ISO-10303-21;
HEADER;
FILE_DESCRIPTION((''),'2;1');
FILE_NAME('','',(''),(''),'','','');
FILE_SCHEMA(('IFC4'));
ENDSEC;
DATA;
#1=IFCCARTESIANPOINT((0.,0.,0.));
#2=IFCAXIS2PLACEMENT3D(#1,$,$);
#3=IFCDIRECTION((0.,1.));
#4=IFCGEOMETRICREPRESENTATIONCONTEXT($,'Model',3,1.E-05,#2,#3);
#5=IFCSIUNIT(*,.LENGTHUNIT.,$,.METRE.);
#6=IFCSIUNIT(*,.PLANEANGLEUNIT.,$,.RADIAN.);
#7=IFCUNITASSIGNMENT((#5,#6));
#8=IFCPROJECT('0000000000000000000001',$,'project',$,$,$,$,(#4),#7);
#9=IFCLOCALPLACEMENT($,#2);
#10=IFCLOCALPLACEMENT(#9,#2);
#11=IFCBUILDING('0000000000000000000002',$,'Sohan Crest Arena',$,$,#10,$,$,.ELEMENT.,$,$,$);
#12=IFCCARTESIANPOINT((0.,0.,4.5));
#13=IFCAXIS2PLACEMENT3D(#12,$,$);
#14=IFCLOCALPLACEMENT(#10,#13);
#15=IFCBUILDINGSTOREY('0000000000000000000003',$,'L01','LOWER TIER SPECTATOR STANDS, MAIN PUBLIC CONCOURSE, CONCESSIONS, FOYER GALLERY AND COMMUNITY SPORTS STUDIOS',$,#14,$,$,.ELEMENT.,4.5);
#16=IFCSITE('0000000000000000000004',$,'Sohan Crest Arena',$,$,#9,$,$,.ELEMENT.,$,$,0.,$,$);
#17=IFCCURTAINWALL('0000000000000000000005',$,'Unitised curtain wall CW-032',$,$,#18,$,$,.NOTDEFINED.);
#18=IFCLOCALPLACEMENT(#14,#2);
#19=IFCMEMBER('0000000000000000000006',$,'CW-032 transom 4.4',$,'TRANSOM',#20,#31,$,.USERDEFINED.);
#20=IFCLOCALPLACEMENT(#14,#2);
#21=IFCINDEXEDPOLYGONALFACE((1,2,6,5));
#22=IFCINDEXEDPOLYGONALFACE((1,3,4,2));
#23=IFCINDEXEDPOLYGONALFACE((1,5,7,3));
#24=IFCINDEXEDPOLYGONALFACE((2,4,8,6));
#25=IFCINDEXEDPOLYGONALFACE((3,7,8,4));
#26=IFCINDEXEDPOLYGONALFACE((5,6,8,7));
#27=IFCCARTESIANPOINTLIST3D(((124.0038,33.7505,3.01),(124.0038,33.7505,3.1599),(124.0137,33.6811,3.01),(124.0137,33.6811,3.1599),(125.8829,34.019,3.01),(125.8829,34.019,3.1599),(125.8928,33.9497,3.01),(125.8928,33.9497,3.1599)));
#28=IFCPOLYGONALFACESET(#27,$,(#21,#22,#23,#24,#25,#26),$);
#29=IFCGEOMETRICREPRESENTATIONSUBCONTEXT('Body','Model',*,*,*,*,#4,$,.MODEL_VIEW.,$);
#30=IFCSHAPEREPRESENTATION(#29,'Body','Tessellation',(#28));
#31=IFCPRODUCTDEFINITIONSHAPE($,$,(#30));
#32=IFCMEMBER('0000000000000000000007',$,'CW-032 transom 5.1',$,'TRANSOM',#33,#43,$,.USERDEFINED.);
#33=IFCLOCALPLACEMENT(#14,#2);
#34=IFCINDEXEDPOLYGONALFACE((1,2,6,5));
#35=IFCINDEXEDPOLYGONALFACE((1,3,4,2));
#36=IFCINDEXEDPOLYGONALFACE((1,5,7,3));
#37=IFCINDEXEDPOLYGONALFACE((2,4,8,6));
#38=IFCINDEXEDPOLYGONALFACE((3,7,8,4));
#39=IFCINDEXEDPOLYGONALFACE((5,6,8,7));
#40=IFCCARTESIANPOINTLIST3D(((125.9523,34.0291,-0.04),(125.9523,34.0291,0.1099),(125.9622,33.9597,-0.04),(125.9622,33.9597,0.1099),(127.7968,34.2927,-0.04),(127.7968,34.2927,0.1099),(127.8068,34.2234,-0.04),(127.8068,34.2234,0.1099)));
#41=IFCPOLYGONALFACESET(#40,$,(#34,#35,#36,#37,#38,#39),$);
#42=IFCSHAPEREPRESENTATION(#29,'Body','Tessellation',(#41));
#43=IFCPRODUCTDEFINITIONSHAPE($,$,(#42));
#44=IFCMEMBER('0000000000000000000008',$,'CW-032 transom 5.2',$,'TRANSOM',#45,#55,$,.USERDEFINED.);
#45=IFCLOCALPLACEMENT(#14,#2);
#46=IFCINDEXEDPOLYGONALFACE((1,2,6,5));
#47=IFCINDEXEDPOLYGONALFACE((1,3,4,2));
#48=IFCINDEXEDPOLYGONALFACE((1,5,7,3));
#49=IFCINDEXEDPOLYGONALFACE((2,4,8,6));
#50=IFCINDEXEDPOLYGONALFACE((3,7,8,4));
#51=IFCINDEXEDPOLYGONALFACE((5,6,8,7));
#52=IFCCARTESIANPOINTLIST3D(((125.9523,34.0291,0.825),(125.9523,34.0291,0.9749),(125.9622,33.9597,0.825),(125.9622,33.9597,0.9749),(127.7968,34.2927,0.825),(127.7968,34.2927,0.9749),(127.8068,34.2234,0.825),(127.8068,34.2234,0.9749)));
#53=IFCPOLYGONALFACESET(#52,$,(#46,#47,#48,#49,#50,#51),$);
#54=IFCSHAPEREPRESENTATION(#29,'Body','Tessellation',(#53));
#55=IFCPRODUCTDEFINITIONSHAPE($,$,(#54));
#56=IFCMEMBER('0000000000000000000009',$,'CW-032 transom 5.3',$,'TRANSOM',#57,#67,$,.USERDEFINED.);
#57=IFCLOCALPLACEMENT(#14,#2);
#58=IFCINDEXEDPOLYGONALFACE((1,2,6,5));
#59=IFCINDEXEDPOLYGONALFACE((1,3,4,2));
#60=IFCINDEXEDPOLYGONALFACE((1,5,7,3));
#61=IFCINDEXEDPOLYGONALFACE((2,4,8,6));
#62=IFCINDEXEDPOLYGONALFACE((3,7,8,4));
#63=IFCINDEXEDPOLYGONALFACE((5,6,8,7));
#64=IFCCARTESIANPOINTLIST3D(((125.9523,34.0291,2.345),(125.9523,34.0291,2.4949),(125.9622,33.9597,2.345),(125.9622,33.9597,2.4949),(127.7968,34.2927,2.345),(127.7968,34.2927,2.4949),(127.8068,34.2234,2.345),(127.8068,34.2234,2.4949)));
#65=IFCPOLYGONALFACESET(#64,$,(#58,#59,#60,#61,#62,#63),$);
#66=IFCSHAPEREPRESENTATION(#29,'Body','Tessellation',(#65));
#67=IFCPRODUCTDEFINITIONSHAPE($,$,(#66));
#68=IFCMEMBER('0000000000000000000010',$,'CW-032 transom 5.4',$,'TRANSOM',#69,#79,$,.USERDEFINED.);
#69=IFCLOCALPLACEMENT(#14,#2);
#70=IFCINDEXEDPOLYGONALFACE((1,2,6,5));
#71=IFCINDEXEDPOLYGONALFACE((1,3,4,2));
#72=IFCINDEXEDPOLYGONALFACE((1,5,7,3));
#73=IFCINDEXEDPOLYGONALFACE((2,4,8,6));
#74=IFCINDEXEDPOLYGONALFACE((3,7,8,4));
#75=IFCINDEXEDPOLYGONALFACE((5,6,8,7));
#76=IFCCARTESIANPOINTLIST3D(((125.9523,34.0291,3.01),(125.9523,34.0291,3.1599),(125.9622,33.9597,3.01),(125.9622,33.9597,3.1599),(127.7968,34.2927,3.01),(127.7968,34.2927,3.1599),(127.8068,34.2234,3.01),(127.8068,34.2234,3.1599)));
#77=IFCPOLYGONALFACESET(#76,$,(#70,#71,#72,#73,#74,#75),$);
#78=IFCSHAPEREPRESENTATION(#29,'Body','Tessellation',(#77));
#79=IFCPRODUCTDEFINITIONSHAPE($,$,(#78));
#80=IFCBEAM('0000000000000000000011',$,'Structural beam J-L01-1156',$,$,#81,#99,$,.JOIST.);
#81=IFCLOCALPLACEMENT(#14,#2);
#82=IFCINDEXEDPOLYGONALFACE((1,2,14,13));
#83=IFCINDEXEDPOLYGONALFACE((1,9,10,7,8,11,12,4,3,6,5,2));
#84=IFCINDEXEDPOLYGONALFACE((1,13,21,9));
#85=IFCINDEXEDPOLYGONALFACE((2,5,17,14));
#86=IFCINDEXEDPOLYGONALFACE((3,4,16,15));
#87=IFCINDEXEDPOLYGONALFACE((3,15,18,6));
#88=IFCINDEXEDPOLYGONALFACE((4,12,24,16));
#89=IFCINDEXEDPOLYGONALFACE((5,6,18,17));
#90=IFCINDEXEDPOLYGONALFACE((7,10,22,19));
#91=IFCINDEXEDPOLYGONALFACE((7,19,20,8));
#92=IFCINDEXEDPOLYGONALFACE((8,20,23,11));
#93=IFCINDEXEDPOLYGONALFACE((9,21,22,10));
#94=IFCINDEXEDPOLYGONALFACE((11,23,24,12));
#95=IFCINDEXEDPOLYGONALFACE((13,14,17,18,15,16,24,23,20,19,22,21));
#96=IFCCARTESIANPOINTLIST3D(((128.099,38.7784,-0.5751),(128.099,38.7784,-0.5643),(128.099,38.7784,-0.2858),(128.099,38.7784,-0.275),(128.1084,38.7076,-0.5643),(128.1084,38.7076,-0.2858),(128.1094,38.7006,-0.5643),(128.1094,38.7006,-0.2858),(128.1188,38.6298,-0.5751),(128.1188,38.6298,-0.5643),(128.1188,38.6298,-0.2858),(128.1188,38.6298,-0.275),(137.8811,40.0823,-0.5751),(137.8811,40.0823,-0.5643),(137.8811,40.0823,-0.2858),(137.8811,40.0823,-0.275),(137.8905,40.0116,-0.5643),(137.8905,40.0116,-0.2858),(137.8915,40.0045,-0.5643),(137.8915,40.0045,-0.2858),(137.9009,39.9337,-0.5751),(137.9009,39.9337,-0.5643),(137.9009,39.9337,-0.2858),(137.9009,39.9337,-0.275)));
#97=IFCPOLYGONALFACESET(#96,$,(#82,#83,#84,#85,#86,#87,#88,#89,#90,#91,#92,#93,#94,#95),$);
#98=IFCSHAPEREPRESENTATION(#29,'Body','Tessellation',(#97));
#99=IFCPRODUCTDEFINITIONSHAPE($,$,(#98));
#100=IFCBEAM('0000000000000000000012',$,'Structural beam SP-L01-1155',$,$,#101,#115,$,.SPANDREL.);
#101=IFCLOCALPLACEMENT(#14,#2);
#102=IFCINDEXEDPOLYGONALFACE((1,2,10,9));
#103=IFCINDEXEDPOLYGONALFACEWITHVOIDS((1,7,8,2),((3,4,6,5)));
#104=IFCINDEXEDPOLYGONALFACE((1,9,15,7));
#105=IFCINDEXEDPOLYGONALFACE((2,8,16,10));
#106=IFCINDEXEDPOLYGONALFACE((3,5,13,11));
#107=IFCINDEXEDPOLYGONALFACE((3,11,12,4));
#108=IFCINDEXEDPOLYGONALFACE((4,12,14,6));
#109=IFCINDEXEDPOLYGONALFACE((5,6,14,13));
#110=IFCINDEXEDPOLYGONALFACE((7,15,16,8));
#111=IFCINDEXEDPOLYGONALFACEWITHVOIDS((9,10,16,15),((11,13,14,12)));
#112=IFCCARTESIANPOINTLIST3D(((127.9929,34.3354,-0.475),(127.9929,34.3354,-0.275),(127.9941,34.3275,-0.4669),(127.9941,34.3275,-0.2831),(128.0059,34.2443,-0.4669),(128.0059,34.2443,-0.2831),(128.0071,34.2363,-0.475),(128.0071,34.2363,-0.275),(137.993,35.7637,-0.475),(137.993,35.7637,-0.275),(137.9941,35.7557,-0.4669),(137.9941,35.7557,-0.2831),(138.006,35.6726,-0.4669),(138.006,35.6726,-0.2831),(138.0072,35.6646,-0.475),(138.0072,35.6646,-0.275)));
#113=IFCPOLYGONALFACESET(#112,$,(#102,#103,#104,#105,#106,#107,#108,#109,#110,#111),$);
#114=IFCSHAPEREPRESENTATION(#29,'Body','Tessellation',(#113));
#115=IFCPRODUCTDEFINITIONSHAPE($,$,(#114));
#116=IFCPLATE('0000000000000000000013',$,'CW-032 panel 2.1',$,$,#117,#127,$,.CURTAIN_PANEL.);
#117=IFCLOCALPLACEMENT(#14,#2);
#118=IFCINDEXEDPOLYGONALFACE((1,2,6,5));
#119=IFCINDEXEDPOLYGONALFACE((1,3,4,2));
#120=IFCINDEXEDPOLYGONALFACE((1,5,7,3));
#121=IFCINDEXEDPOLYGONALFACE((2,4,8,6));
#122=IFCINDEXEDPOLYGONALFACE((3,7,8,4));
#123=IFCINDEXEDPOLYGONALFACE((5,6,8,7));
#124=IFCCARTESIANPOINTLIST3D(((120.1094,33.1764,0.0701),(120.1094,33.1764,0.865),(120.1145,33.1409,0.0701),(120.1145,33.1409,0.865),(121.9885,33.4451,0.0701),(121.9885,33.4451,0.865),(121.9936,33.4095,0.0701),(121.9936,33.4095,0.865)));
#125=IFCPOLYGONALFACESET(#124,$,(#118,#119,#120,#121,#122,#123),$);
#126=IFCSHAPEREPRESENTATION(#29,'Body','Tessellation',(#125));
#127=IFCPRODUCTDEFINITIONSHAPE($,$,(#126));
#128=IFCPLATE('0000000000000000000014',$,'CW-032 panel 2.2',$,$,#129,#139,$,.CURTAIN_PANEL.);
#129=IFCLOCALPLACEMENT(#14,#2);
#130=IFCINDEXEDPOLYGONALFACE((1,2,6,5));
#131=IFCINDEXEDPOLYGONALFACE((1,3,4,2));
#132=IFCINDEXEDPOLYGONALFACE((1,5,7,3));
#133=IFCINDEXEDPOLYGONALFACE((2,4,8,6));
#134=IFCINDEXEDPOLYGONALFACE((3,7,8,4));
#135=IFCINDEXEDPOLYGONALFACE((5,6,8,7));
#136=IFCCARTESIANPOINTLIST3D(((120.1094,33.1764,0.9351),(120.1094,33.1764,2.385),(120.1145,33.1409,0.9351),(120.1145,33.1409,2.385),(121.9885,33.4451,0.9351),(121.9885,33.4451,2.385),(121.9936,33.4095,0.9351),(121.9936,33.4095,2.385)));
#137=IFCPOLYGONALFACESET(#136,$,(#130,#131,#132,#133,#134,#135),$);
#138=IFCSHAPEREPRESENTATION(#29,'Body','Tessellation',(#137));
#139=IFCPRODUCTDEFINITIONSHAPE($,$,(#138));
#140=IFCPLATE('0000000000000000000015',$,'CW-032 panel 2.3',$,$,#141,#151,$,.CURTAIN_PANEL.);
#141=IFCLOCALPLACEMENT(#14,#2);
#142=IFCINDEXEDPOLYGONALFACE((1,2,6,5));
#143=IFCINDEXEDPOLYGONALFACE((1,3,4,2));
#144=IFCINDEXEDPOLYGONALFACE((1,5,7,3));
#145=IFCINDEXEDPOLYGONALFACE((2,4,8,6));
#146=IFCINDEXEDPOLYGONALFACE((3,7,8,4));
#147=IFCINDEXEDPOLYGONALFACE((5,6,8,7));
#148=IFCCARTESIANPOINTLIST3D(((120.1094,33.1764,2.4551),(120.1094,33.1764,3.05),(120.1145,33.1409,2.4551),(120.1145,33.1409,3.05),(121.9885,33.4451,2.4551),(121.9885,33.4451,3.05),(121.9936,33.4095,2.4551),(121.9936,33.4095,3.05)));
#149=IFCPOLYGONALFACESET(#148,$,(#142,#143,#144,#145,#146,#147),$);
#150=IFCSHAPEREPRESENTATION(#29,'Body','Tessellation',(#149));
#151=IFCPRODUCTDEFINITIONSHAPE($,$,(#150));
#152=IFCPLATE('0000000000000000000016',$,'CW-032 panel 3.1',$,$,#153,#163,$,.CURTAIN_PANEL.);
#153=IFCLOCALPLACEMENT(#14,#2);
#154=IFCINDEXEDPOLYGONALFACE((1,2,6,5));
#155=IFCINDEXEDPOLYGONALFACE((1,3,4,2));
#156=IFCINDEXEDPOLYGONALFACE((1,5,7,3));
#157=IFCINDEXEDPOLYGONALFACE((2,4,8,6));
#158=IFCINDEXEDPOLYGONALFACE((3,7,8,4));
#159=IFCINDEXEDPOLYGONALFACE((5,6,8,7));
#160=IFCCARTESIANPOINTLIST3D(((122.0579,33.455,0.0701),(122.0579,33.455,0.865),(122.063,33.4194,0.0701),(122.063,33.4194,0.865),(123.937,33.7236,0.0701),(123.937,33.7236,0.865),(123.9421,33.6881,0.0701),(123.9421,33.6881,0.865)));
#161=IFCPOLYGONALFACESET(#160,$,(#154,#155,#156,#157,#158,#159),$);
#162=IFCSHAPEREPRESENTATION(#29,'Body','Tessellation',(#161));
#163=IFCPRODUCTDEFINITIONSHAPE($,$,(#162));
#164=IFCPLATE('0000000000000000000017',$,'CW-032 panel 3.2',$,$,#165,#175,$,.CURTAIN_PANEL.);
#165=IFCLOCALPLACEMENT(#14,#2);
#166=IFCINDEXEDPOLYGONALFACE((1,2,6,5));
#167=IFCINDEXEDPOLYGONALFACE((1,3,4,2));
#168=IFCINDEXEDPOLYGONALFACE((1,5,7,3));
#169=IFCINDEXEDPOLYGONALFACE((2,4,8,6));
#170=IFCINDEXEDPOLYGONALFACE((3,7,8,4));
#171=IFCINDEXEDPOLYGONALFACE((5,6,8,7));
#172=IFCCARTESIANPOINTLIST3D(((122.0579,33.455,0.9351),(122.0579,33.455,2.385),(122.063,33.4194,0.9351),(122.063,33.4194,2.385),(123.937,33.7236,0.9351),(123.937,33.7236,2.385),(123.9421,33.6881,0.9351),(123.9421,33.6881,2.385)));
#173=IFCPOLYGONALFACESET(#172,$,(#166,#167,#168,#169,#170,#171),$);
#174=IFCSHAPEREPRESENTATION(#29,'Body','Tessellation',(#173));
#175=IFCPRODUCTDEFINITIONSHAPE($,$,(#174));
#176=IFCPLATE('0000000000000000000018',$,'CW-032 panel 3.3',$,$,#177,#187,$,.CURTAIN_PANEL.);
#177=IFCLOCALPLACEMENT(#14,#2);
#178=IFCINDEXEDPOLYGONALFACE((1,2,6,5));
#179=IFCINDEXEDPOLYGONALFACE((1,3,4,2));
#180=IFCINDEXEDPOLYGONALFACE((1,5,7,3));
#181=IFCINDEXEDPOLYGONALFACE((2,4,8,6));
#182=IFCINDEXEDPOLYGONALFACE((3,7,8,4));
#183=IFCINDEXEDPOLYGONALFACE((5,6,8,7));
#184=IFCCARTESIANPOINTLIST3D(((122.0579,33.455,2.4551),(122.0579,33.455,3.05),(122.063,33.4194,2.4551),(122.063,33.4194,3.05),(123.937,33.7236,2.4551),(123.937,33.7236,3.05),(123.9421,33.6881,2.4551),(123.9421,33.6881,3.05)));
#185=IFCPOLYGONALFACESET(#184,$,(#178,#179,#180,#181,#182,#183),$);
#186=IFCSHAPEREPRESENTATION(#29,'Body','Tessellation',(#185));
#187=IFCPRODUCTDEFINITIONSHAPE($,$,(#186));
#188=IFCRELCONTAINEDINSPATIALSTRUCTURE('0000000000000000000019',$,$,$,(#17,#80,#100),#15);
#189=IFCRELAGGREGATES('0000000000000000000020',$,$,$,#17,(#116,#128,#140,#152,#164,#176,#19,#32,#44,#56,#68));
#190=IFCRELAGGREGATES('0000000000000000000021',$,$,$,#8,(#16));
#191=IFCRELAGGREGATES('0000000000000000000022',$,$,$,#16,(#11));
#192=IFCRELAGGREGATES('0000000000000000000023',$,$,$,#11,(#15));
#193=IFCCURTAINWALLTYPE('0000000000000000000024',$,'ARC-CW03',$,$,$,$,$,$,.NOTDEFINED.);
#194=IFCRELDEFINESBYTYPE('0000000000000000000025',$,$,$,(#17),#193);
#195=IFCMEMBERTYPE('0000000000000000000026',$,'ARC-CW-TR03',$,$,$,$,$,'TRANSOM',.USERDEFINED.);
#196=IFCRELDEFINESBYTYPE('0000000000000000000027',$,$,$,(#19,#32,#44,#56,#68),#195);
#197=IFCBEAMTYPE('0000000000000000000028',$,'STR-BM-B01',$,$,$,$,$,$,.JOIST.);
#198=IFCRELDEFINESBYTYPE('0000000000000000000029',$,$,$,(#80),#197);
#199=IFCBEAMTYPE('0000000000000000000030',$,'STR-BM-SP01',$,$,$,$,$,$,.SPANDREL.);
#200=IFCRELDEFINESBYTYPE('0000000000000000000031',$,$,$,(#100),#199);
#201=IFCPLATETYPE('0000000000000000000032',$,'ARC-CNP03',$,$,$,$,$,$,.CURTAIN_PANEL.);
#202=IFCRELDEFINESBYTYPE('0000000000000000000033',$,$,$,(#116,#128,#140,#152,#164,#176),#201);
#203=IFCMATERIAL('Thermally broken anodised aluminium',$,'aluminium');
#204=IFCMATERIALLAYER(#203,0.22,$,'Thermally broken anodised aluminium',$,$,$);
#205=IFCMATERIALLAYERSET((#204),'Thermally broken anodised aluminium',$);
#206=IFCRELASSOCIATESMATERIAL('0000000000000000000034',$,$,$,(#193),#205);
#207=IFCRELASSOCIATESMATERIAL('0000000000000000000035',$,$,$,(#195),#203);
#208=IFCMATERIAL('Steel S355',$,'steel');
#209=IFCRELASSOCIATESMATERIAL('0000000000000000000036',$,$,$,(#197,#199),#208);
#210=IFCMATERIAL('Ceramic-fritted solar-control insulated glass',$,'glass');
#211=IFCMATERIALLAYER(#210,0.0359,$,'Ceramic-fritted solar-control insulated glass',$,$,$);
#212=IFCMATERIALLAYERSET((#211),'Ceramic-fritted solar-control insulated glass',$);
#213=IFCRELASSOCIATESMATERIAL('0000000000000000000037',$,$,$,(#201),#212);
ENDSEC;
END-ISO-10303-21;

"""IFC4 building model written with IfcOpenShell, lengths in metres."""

from ifc_helpers import new_model, si_unit, direction, frame, origin, origin_2d, place, context, subcontext, project, spatial, rectangle, hollow_rectangle, i_section, extrude, material, layer, layer_set, material_profile, profile_set, type_object, element, aggregate, save


model = new_model("IFC4")

# Units and contexts
model_context = context("Model", 3, precision=1e-05, world=origin(), true_north=direction((0.0, 1.0)))
body_context = subcontext(model_context, "Body", "Model", "MODEL_VIEW")
ifc_project = project(units=[si_unit("LENGTHUNIT", "METRE"), si_unit("PLANEANGLEUNIT", "RADIAN")], contexts=[model_context])

# Site, building, storey
site_placement = place(None, origin())
site = spatial("IfcSite", under=ifc_project, at=site_placement, Name="Sohan Crest Arena", CompositionType="ELEMENT", RefElevation=0.0)
building_placement = place(site_placement, origin())
building = spatial("IfcBuilding", under=site, at=building_placement, Name="Sohan Crest Arena", CompositionType="ELEMENT")
storey_placement = place(building_placement, frame((0.0, 0.0, 4.5)))
storey = spatial("IfcBuildingStorey", under=building, at=storey_placement, Name="L01", Description="LOWER TIER SPECTATOR STANDS, MAIN PUBLIC CONCOURSE, CONCESSIONS, FOYER GALLERY AND COMMUNITY SPORTS STUDIOS", CompositionType="ELEMENT", Elevation=4.5)

# Shared definitions
ifc_material_1 = material(Name="Steel S355", Category="steel")

# Curtain wall, members
ifc_material_2 = material(Name="Thermally broken anodised aluminium", Category="aluminium")
ifc_layer_1 = layer(ifc_material_2, 0.22, Name="Thermally broken anodised aluminium")
ifc_layer_set_1 = layer_set([ifc_layer_1], Name="Thermally broken anodised aluminium")
curtain_wall_type = type_object("IfcCurtainWallType", Name="ARC-CW03", PredefinedType="NOTDEFINED", material=ifc_layer_set_1)
curtain_wall_placement = place(storey_placement, origin())
curtain_wall = element("IfcCurtainWall", 1, at=curtain_wall_placement, inside=storey, type_object=curtain_wall_type, Name="Unitised curtain wall CW-032", PredefinedType="NOTDEFINED")
ifc_material_profile_1 = material_profile(ifc_material_2, rectangle(XDim=0.0701, YDim=0.1499, at=origin_2d()), Name="ALU-TRAN 70x150")
ifc_profile_set_1 = profile_set([ifc_material_profile_1], Name="Thermally broken anodised aluminium")
member_type_1 = type_object("IfcMemberType", Name="ARC-CW-TR03", ElementType="TRANSOM", PredefinedType="USERDEFINED", material=ifc_profile_set_1)
member_1_placement = place(storey_placement, frame((124.0088, 33.7158, 3.085), z_axis=(0.989942, 0.141475, 0.0), x_axis=(-0.141475, 0.989942, 0.0)))
member_1 = element("IfcMember", 2, at=member_1_placement, type_object=member_type_1, Name="CW-032 transom 4.4", ObjectType="TRANSOM", PredefinedType="USERDEFINED", context=body_context, shape_type="SweptSolid", body=[
    extrude(rectangle(XDim=0.0701, YDim=0.1499, at=origin_2d()), origin(), (0.0, 0.0, 1.0), 1.8982),
])
member_2_placement = place(storey_placement, frame((125.9573, 33.9944, 0.0349), z_axis=(0.989936, 0.141513, 0.0), x_axis=(-0.141513, 0.989936, 0.0)))
member_2 = element("IfcMember", 3, at=member_2_placement, type_object=member_type_1, Name="CW-032 transom 5.1", ObjectType="TRANSOM", PredefinedType="USERDEFINED", context=body_context, shape_type="SweptSolid", body=[
    extrude(rectangle(XDim=0.0701, YDim=0.1499, at=origin_2d()), origin(), (0.0, 0.0, 1.0), 1.8633),
])
member_3_placement = place(storey_placement, frame((125.9573, 33.9944, 0.8999), z_axis=(0.989936, 0.141513, 0.0), x_axis=(-0.141513, 0.989936, 0.0)))
member_3 = element("IfcMember", 4, at=member_3_placement, type_object=member_type_1, Name="CW-032 transom 5.2", ObjectType="TRANSOM", PredefinedType="USERDEFINED", context=body_context, shape_type="SweptSolid", body=[
    extrude(rectangle(XDim=0.0701, YDim=0.1499, at=origin_2d()), origin(), (0.0, 0.0, 1.0), 1.8633),
])
member_4_placement = place(storey_placement, frame((125.9573, 33.9944, 2.4199), z_axis=(0.989936, 0.141513, 0.0), x_axis=(-0.141513, 0.989936, 0.0)))
member_4 = element("IfcMember", 5, at=member_4_placement, type_object=member_type_1, Name="CW-032 transom 5.3", ObjectType="TRANSOM", PredefinedType="USERDEFINED", context=body_context, shape_type="SweptSolid", body=[
    extrude(rectangle(XDim=0.0701, YDim=0.1499, at=origin_2d()), origin(), (0.0, 0.0, 1.0), 1.8633),
])
member_5_placement = place(storey_placement, frame((125.9573, 33.9944, 3.085), z_axis=(0.989936, 0.141513, 0.0), x_axis=(-0.141513, 0.989936, 0.0)))
member_5 = element("IfcMember", 6, at=member_5_placement, type_object=member_type_1, Name="CW-032 transom 5.4", ObjectType="TRANSOM", PredefinedType="USERDEFINED", context=body_context, shape_type="SweptSolid", body=[
    extrude(rectangle(XDim=0.0701, YDim=0.1499, at=origin_2d()), origin(), (0.0, 0.0, 1.0), 1.8633),
])

# Beams
ifc_material_profile_2 = material_profile(ifc_material_1, i_section(OverallWidth=0.1499, OverallDepth=0.3, WebThickness=0.0071, FlangeThickness=0.0107, at=origin_2d()), Name="IPE 300")
ifc_profile_set_2 = profile_set([ifc_material_profile_2], Name="Steel S355")
beam_type_1 = type_object("IfcBeamType", Name="STR-BM-B01", PredefinedType="JOIST", material=ifc_profile_set_2)
beam_1_placement = place(storey_placement, frame((128.1089, 38.7041, -0.425), z_axis=(0.991232, 0.13213, 0.0), x_axis=(-0.13213, 0.991232, 0.0)))
element("IfcBeam", 7, at=beam_1_placement, inside=storey, type_object=beam_type_1, Name="Structural beam J-L01-1156", PredefinedType="JOIST", context=body_context, shape_type="SweptSolid", body=[
    extrude(i_section(OverallWidth=0.1499, OverallDepth=0.3, WebThickness=0.0071, FlangeThickness=0.0107, at=origin_2d()), origin(), (0.0, 0.0, 1.0), 9.8687),
])
ifc_material_profile_3 = material_profile(ifc_material_1, hollow_rectangle(XDim=0.1001, YDim=0.2, WallThickness=0.0081, at=origin_2d()), Name="RHS 200x100x8")
ifc_profile_set_3 = profile_set([ifc_material_profile_3], Name="Steel S355")
beam_type_2 = type_object("IfcBeamType", Name="STR-BM-SP01", PredefinedType="SPANDREL", material=ifc_profile_set_3)
beam_2_placement = place(storey_placement, frame((128.0, 34.2859, -0.375), z_axis=(0.989954, 0.141388, 0.0), x_axis=(-0.141388, 0.989954, 0.0)))
element("IfcBeam", 8, at=beam_2_placement, inside=storey, type_object=beam_type_2, Name="Structural beam SP-L01-1155", PredefinedType="SPANDREL", context=body_context, shape_type="SweptSolid", body=[
    extrude(hollow_rectangle(XDim=0.1001, YDim=0.2, WallThickness=0.0081, at=origin_2d()), origin(), (0.0, 0.0, 1.0), 10.1016),
])

# Plates
ifc_material_3 = material(Name="Ceramic-fritted solar-control insulated glass", Category="glass")
ifc_layer_2 = layer(ifc_material_3, 0.0359, Name="Ceramic-fritted solar-control insulated glass")
ifc_layer_set_2 = layer_set([ifc_layer_2], Name="Ceramic-fritted solar-control insulated glass")
plate_type = type_object("IfcPlateType", Name="ARC-CNP03", PredefinedType="CURTAIN_PANEL", material=ifc_layer_set_2)
plate_1_placement = place(storey_placement, frame((121.0515, 33.293, 0.0701), z_axis=(0.0, 0.0, 1.0), x_axis=(0.989931, 0.141549, 0.0)))
plate_1 = element("IfcPlate", 9, at=plate_1_placement, type_object=plate_type, Name="CW-032 panel 2.1", PredefinedType="CURTAIN_PANEL", context=body_context, shape_type="SweptSolid", body=[
    extrude(rectangle(XDim=1.8982, YDim=0.0359, at=origin_2d()), origin(), (0.0, 0.0, 1.0), 0.7949),
])
plate_2_placement = place(storey_placement, frame((121.0515, 33.293, 0.9351), z_axis=(0.0, 0.0, 1.0), x_axis=(0.989931, 0.141549, 0.0)))
plate_2 = element("IfcPlate", 10, at=plate_2_placement, type_object=plate_type, Name="CW-032 panel 2.2", PredefinedType="CURTAIN_PANEL", context=body_context, shape_type="SweptSolid", body=[
    extrude(rectangle(XDim=1.8982, YDim=0.0359, at=origin_2d()), origin(), (0.0, 0.0, 1.0), 1.45),
])
plate_3_placement = place(storey_placement, frame((121.0515, 33.293, 2.4551), z_axis=(0.0, 0.0, 1.0), x_axis=(0.989931, 0.141549, 0.0)))
plate_3 = element("IfcPlate", 11, at=plate_3_placement, type_object=plate_type, Name="CW-032 panel 2.3", PredefinedType="CURTAIN_PANEL", context=body_context, shape_type="SweptSolid", body=[
    extrude(rectangle(XDim=1.8982, YDim=0.0359, at=origin_2d()), origin(), (0.0, 0.0, 1.0), 0.595),
])
plate_4_placement = place(storey_placement, frame((123.0, 33.5715, 0.0701), z_axis=(0.0, 0.0, 1.0), x_axis=(0.989931, 0.141549, 0.0)))
plate_4 = element("IfcPlate", 12, at=plate_4_placement, type_object=plate_type, Name="CW-032 panel 3.1", PredefinedType="CURTAIN_PANEL", context=body_context, shape_type="SweptSolid", body=[
    extrude(rectangle(XDim=1.8982, YDim=0.0359, at=origin_2d()), origin(), (0.0, 0.0, 1.0), 0.7949),
])
plate_5_placement = place(storey_placement, frame((123.0, 33.5715, 0.9351), z_axis=(0.0, 0.0, 1.0), x_axis=(0.989931, 0.141549, 0.0)))
plate_5 = element("IfcPlate", 13, at=plate_5_placement, type_object=plate_type, Name="CW-032 panel 3.2", PredefinedType="CURTAIN_PANEL", context=body_context, shape_type="SweptSolid", body=[
    extrude(rectangle(XDim=1.8982, YDim=0.0359, at=origin_2d()), origin(), (0.0, 0.0, 1.0), 1.45),
])
plate_6_placement = place(storey_placement, frame((123.0, 33.5715, 2.4551), z_axis=(0.0, 0.0, 1.0), x_axis=(0.989931, 0.141549, 0.0)))
plate_6 = element("IfcPlate", 14, at=plate_6_placement, type_object=plate_type, Name="CW-032 panel 3.3", PredefinedType="CURTAIN_PANEL", context=body_context, shape_type="SweptSolid", body=[
    extrude(rectangle(XDim=1.8982, YDim=0.0359, at=origin_2d()), origin(), (0.0, 0.0, 1.0), 0.595),
])
aggregate(curtain_wall, [plate_1, plate_2, plate_3, plate_4, plate_5, plate_6, member_1, member_2, member_3, member_4, member_5])

save(model, "model.ifc")
